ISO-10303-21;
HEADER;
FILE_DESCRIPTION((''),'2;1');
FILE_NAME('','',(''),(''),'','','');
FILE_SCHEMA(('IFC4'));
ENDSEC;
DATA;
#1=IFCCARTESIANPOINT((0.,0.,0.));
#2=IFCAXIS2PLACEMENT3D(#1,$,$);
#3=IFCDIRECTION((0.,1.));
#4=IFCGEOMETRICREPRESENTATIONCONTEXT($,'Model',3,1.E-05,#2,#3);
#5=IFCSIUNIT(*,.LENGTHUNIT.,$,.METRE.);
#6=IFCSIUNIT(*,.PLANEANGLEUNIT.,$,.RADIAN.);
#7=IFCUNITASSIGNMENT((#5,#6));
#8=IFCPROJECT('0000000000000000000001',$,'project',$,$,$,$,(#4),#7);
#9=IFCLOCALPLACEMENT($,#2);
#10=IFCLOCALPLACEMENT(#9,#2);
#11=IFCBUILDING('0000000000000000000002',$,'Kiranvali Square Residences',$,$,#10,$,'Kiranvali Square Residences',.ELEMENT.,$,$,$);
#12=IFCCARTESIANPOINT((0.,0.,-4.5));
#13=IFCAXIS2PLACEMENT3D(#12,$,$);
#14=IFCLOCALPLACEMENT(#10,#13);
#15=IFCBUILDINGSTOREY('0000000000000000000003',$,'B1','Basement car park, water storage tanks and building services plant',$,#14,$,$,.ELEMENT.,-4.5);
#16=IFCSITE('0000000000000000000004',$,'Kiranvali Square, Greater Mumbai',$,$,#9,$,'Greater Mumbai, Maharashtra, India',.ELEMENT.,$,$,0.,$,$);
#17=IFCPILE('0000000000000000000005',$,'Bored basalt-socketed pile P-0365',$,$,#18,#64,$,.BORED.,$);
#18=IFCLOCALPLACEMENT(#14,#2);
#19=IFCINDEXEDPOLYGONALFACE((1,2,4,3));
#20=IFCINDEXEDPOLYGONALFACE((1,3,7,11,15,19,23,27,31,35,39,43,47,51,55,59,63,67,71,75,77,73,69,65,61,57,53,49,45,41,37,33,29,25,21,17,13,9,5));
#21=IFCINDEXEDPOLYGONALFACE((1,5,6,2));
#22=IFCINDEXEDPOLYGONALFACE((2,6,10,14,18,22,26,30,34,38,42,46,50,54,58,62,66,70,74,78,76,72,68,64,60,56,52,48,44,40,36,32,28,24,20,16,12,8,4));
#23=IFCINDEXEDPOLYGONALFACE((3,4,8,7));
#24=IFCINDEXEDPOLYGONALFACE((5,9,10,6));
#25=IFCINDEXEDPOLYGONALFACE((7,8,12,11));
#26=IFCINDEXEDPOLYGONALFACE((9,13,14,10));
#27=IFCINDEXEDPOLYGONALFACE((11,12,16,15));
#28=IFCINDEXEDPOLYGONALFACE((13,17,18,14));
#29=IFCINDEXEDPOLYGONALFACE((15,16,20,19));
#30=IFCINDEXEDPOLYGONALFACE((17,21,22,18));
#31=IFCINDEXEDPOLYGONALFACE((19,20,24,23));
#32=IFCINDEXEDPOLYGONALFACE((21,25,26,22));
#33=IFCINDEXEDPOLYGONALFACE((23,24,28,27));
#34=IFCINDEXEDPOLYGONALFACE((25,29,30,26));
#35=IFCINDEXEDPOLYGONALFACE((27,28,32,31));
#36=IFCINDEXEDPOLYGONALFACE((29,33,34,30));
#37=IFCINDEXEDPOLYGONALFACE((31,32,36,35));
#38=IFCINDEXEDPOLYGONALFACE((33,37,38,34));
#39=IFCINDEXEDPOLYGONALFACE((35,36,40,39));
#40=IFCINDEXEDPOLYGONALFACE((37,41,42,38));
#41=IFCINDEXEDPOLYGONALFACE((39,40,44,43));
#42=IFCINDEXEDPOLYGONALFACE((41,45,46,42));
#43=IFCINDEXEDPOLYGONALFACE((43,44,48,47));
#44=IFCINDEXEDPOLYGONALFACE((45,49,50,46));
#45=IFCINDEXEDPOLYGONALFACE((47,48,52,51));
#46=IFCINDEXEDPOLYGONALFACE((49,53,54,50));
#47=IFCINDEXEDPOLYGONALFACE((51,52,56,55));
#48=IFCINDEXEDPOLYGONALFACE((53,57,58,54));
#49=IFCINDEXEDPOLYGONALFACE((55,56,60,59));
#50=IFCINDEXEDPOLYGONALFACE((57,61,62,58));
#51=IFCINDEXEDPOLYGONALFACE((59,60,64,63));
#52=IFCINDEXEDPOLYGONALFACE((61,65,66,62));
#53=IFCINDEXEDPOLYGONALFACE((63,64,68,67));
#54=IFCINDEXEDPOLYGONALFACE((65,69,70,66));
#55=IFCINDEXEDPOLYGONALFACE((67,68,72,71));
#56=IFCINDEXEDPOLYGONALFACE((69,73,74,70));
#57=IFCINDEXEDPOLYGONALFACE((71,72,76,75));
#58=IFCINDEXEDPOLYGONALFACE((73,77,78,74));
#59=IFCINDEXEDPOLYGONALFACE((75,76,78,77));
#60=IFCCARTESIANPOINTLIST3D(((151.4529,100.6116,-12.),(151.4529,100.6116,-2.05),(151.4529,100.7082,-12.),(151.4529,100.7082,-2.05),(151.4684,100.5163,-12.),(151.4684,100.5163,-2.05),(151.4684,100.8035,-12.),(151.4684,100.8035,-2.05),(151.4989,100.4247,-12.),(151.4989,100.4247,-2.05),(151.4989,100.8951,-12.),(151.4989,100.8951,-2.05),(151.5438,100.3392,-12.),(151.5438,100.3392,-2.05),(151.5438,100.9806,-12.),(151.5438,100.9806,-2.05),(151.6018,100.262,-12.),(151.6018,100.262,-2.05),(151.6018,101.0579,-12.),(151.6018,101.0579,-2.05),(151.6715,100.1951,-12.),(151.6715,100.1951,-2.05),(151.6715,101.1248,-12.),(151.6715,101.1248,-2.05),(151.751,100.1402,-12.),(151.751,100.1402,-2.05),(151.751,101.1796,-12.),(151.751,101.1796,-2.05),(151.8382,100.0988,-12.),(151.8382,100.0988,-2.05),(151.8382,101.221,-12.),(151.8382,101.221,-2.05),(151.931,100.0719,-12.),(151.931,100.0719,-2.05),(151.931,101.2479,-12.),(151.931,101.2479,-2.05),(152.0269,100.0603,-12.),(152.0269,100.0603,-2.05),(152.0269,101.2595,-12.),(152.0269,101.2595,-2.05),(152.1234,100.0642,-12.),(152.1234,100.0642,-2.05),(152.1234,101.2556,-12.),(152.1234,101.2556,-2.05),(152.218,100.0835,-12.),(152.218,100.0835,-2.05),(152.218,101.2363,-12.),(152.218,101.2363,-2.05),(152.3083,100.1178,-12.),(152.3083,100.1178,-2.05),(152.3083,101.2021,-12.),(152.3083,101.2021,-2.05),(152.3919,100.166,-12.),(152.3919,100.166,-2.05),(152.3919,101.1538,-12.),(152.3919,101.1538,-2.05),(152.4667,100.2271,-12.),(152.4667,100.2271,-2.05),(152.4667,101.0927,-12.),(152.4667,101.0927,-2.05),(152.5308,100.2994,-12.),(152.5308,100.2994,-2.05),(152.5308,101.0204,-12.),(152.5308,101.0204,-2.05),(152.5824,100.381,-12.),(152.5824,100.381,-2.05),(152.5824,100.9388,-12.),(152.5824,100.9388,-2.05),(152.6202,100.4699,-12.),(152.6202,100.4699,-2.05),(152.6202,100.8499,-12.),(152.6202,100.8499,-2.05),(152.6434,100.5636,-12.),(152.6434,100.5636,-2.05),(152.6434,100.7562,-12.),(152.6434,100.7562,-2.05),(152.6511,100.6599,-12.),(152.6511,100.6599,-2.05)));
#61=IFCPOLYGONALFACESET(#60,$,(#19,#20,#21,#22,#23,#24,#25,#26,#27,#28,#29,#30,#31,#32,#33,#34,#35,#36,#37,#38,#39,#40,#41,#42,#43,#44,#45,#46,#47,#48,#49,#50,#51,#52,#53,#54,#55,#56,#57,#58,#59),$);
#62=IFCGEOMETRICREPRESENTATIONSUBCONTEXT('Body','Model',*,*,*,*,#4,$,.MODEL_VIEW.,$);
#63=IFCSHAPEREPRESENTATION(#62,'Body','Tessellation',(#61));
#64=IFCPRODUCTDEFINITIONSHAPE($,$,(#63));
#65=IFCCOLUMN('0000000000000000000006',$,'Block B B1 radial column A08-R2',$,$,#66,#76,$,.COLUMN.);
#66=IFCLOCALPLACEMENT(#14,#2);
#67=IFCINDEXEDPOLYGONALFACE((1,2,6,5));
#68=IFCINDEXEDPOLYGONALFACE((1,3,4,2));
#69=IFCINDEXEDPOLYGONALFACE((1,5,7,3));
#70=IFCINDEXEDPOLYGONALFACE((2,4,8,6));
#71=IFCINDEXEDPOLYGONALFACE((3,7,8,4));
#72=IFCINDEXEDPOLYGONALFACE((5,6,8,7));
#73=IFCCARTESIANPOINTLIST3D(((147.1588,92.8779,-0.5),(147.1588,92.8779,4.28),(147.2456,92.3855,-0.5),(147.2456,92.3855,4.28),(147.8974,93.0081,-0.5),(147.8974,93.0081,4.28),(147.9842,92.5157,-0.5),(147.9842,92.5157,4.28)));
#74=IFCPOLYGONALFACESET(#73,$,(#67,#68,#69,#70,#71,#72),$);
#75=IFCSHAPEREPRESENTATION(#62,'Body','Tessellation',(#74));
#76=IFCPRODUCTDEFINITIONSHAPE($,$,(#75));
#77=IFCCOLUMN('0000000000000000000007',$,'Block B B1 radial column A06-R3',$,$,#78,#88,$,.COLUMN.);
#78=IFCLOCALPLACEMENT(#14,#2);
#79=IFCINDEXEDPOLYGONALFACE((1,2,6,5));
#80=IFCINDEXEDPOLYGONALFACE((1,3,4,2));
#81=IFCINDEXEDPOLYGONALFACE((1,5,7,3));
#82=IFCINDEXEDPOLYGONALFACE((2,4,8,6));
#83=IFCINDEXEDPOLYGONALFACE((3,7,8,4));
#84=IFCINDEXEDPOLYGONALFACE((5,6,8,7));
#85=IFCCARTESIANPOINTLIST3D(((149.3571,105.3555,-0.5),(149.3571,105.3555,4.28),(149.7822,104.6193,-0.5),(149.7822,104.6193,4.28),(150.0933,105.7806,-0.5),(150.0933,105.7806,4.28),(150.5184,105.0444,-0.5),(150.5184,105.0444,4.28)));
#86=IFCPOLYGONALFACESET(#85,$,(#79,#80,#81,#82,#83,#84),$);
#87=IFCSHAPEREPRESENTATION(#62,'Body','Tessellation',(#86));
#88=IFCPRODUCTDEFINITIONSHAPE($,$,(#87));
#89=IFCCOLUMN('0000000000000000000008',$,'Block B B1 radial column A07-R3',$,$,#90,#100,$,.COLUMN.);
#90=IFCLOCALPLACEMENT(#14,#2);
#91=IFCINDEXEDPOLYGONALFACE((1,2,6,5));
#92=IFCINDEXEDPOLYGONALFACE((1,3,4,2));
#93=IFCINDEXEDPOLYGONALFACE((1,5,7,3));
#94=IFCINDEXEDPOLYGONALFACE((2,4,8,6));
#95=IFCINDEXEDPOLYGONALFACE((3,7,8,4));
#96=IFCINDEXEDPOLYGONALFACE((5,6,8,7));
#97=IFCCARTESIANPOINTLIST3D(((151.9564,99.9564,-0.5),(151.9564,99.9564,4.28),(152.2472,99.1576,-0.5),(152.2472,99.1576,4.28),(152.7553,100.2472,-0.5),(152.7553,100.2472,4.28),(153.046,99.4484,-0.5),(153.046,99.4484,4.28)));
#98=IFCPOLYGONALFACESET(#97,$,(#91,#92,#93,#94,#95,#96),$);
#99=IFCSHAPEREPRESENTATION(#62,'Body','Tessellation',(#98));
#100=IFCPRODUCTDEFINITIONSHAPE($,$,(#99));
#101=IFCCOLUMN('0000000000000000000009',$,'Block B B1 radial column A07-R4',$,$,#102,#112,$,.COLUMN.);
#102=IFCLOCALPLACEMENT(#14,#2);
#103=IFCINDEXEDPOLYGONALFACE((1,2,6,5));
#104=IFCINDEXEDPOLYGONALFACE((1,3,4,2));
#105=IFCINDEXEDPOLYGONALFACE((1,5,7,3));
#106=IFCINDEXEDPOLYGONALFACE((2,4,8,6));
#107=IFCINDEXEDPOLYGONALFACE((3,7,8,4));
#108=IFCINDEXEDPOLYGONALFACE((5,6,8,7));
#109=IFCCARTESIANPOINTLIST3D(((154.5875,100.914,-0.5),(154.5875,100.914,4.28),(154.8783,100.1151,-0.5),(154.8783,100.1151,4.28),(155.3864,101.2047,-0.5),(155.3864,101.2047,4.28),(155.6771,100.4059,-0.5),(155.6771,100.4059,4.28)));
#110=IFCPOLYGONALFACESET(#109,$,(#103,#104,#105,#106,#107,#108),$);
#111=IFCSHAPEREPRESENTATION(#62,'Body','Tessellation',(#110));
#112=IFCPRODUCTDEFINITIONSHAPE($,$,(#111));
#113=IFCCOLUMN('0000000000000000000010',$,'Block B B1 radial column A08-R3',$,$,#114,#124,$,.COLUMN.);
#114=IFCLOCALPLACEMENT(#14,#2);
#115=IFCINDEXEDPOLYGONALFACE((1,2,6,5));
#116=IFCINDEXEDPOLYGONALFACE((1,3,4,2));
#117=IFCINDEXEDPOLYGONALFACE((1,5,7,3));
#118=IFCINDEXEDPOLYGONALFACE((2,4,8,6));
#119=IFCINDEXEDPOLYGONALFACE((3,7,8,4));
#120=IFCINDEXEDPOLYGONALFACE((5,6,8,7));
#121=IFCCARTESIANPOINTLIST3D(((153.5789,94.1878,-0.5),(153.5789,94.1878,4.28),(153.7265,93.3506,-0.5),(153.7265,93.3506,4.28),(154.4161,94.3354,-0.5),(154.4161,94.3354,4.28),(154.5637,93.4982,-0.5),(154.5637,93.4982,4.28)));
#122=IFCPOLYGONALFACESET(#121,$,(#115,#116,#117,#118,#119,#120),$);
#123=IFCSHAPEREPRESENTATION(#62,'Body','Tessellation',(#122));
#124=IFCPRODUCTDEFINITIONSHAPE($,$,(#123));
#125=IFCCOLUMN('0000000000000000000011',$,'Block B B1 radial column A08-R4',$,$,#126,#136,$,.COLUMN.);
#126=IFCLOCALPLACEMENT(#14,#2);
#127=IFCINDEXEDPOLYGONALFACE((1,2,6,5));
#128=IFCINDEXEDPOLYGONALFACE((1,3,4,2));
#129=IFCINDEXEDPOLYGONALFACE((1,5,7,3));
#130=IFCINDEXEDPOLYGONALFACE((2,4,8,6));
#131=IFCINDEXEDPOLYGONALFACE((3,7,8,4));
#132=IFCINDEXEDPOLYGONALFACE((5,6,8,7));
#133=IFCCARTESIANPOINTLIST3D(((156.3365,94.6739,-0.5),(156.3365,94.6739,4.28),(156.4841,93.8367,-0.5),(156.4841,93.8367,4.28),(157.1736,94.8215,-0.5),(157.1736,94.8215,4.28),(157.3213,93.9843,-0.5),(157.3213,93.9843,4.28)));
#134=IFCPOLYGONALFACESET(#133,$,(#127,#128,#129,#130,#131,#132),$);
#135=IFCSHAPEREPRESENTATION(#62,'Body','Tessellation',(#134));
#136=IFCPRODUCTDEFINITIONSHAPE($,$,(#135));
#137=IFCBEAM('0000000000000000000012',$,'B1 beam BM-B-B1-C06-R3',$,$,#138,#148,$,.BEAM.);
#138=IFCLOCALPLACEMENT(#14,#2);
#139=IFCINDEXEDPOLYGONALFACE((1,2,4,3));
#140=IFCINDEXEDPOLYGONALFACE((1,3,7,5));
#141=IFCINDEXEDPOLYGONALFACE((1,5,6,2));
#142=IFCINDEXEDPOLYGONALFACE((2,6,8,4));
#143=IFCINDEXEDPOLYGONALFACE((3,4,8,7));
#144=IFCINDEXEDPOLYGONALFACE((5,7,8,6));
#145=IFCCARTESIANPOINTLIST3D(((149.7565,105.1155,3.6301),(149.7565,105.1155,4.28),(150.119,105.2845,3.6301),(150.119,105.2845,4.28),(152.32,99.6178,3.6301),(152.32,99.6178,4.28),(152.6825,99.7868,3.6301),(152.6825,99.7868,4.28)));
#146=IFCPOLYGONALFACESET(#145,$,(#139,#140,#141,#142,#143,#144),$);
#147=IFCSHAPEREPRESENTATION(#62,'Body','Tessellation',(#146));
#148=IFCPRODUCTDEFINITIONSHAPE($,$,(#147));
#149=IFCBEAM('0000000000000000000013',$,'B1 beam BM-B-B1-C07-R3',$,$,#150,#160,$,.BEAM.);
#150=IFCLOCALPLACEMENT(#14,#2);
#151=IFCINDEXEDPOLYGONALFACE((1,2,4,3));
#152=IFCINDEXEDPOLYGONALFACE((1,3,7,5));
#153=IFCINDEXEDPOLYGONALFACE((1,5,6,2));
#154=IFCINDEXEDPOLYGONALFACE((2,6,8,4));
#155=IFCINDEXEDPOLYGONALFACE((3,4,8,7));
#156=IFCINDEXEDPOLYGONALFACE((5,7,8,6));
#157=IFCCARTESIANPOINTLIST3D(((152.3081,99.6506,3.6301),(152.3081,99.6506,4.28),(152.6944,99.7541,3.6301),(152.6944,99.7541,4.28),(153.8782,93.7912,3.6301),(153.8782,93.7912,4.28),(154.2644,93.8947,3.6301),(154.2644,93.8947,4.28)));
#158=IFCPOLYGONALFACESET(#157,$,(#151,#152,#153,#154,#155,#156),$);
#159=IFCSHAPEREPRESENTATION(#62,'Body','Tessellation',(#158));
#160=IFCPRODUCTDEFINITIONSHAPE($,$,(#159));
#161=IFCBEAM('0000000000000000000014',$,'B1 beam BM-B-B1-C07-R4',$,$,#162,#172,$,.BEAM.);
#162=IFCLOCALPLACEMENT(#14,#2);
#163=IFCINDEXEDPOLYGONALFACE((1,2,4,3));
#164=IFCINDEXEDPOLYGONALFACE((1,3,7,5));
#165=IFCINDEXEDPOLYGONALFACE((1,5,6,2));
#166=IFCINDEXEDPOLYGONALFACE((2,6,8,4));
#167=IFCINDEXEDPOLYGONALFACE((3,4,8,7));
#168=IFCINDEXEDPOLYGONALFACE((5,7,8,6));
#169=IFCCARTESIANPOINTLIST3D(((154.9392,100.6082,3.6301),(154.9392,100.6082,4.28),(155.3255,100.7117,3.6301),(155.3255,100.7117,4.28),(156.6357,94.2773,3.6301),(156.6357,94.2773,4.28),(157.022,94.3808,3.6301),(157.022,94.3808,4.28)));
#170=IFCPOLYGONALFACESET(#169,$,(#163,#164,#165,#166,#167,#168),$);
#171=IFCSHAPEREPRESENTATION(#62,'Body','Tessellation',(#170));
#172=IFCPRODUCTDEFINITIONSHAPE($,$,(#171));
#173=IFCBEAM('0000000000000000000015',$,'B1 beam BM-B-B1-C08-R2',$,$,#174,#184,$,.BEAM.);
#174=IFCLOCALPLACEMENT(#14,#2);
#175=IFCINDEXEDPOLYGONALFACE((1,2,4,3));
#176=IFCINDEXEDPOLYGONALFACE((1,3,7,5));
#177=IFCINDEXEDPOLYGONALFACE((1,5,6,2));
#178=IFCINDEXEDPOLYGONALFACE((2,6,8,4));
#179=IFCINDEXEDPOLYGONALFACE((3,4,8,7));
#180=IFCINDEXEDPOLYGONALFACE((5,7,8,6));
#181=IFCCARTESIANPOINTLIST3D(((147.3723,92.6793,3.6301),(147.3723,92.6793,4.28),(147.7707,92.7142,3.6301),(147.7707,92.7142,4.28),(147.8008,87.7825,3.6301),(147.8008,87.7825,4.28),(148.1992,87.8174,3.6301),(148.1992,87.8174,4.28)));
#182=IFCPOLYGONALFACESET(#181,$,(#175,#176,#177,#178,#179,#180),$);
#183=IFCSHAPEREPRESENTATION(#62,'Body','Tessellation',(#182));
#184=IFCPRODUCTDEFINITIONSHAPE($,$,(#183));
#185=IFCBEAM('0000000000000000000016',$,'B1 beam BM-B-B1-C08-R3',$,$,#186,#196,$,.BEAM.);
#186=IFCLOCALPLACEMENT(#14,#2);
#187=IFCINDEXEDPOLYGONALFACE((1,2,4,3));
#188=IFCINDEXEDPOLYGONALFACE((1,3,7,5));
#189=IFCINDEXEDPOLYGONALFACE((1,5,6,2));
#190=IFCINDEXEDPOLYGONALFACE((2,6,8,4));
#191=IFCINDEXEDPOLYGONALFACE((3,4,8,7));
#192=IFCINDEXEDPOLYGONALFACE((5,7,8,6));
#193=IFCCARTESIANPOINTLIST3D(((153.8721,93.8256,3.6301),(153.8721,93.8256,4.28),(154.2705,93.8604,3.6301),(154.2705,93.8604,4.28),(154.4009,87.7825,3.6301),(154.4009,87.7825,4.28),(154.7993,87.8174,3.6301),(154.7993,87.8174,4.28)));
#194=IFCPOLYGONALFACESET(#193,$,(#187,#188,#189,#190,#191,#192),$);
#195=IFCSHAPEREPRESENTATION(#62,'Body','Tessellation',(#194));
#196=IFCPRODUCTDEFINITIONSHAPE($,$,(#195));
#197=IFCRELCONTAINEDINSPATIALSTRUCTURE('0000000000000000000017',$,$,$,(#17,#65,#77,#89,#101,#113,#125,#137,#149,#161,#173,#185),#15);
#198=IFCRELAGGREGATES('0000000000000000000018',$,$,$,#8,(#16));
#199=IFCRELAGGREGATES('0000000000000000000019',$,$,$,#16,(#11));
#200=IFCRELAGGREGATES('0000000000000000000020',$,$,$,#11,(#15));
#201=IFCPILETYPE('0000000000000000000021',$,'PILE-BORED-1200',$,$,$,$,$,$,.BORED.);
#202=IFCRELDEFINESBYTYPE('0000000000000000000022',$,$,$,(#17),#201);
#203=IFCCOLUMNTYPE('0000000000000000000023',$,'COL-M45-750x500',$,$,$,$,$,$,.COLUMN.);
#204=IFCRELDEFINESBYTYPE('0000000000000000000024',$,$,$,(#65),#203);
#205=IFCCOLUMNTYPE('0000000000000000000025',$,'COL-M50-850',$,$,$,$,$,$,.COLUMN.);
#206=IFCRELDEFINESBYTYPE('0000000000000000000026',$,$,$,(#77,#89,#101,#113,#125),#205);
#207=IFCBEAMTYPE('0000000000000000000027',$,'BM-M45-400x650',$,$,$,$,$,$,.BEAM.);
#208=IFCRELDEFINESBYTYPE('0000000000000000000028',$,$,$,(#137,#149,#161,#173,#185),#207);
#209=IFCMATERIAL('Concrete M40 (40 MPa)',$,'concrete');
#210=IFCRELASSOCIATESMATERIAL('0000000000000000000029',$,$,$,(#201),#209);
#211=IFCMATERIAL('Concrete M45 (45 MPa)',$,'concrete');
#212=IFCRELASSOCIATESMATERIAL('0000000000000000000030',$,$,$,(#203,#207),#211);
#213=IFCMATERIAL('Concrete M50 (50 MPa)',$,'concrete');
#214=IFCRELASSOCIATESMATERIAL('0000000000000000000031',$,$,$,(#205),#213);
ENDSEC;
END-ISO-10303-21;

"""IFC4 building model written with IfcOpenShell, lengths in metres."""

from ifc_helpers import new_model, si_unit, direction, frame, origin, origin_2d, place, context, subcontext, project, spatial, rectangle, circle, extrude, material, material_profile, profile_set, type_object, element, save


model = new_model("IFC4")

# Units and contexts
model_context = context("Model", 3, precision=1e-05, world=origin(), true_north=direction((0.0, 1.0)))
body_context = subcontext(model_context, "Body", "Model", "MODEL_VIEW")
ifc_project = project(units=[si_unit("LENGTHUNIT", "METRE"), si_unit("PLANEANGLEUNIT", "RADIAN")], contexts=[model_context])

# Site, building, storey
site_placement = place(None, origin())
site = spatial("IfcSite", under=ifc_project, at=site_placement, Name="Kiranvali Square, Greater Mumbai", LongName="Greater Mumbai, Maharashtra, India", CompositionType="ELEMENT", RefElevation=0.0)
building_placement = place(site_placement, origin())
building = spatial("IfcBuilding", under=site, at=building_placement, Name="Kiranvali Square Residences", LongName="Kiranvali Square Residences", CompositionType="ELEMENT")
storey_placement = place(building_placement, frame((0.0, 0.0, -4.5)))
storey = spatial("IfcBuildingStorey", under=building, at=storey_placement, Name="B1", Description="Basement car park, water storage tanks and building services plant", CompositionType="ELEMENT", Elevation=-4.5)

# Shared definitions
ifc_material_1 = material(Name="Concrete M40 (40 MPa)", Category="concrete")

# Pile
ifc_material_profile_1 = material_profile(ifc_material_1, circle(Radius=0.6001, at=origin_2d()), Name="BORED PILE 1200")
ifc_profile_set_1 = profile_set([ifc_material_profile_1], Name="Concrete M40 (40 MPa)")
pile_type = type_object("IfcPileType", Name="PILE-BORED-1200", PredefinedType="BORED", material=ifc_profile_set_1)
for number, where, z_axis, x_axis, name in (
    (1, (152.051, 100.6599, -2.05), (0.0, 0.0, -1.0), (1.0, 0.0, 0.0), "Bored basalt-socketed pile P-0365"),
):
    element("IfcPile", number, at=place(storey_placement, frame(where, z_axis=z_axis, x_axis=x_axis)), inside=storey, type_object=pile_type, Name=name, PredefinedType="BORED", context=body_context, shape_type="SweptSolid", body=[
        extrude(circle(Radius=0.6001, at=origin_2d()), origin(), (0.0, 0.0, 1.0), 9.95),
    ])

# Columns
ifc_material_2 = material(Name="Concrete M45 (45 MPa)", Category="concrete")
ifc_material_profile_2 = material_profile(ifc_material_2, rectangle(XDim=0.5, YDim=0.75, at=origin_2d()), Name="RC 750x500")
ifc_profile_set_2 = profile_set([ifc_material_profile_2], Name="Concrete M45 (45 MPa)")
column_type_1 = type_object("IfcColumnType", Name="COL-M45-750x500", PredefinedType="COLUMN", material=ifc_profile_set_2)
column_placement = place(storey_placement, frame((147.5715, 92.6968, -0.5), z_axis=(0.0, 0.0, 1.0), x_axis=(-0.173648, 0.984808, 0.0)))
element("IfcColumn", 2, at=column_placement, inside=storey, type_object=column_type_1, Name="Block B B1 radial column A08-R2", PredefinedType="COLUMN", context=body_context, shape_type="SweptSolid", body=[
    extrude(rectangle(XDim=0.5, YDim=0.75, at=origin_2d()), origin(), (0.0, 0.0, 1.0), 4.78),
])
ifc_material_3 = material(Name="Concrete M50 (50 MPa)", Category="concrete")
ifc_material_profile_3 = material_profile(ifc_material_3, rectangle(XDim=0.8501, YDim=0.8501, at=origin_2d()), Name="RC 850x850")
ifc_profile_set_3 = profile_set([ifc_material_profile_3], Name="Concrete M50 (50 MPa)")
column_type_2 = type_object("IfcColumnType", Name="COL-M50-850", PredefinedType="COLUMN", material=ifc_profile_set_3)
for number, where, z_axis, x_axis, name in (
    (3, (149.9377, 105.2, -0.5), (0.0, 0.0, 1.0), (-0.5, 0.866025, 0.0), "Block B B1 radial column A06-R3"),
    (4, (152.5012, 99.7024, -0.5), (0.0, 0.0, 1.0), (-0.34202, 0.939693, 0.0), "Block B B1 radial column A07-R3"),
    (5, (155.1323, 100.6599, -0.5), (0.0, 0.0, 1.0), (-0.34202, 0.939693, 0.0), "Block B B1 radial column A07-R4"),
    (6, (154.0713, 93.843, -0.5), (0.0, 0.0, 1.0), (-0.173648, 0.984808, 0.0), "Block B B1 radial column A08-R3"),
    (7, (156.8289, 94.3291, -0.5), (0.0, 0.0, 1.0), (-0.173648, 0.984808, 0.0), "Block B B1 radial column A08-R4"),
):
    element("IfcColumn", number, at=place(storey_placement, frame(where, z_axis=z_axis, x_axis=x_axis)), inside=storey, type_object=column_type_2, Name=name, PredefinedType="COLUMN", context=body_context, shape_type="SweptSolid", body=[
        extrude(rectangle(XDim=0.8501, YDim=0.8501, at=origin_2d()), origin(), (0.0, 0.0, 1.0), 4.78),
    ])

# Beams
ifc_material_profile_4 = material_profile(ifc_material_2, rectangle(XDim=0.3999, YDim=0.6499, at=origin_2d()), Name="RC 400x650")
ifc_profile_set_4 = profile_set([ifc_material_profile_4], Name="Concrete M45 (45 MPa)")
beam_type = type_object("IfcBeamType", Name="BM-M45-400x650", PredefinedType="BEAM", material=ifc_profile_set_4)
beam_1_placement = place(storey_placement, frame((149.9377, 105.2, 3.9551), z_axis=(0.422608, -0.906313, 0.0), x_axis=(0.906313, 0.422608, 0.0)))
element("IfcBeam", 8, at=beam_1_placement, inside=storey, type_object=beam_type, Name="B1 beam BM-B-B1-C06-R3", PredefinedType="BEAM", context=body_context, shape_type="SweptSolid", body=[
    extrude(rectangle(XDim=0.3999, YDim=0.6499, at=origin_2d()), origin(), (0.0, 0.0, 1.0), 6.0659),
])
beam_2_placement = place(storey_placement, frame((152.5012, 99.7024, 3.9551), z_axis=(0.258827, -0.965924, 0.0), x_axis=(0.965924, 0.258827, 0.0)))
element("IfcBeam", 9, at=beam_2_placement, inside=storey, type_object=beam_type, Name="B1 beam BM-B-B1-C07-R3", PredefinedType="BEAM", context=body_context, shape_type="SweptSolid", body=[
    extrude(rectangle(XDim=0.3999, YDim=0.6499, at=origin_2d()), origin(), (0.0, 0.0, 1.0), 6.0662),
])
beam_3_placement = place(storey_placement, frame((155.1323, 100.6599, 3.9551), z_axis=(0.258847, -0.965918, 0.0), x_axis=(0.965918, 0.258847, 0.0)))
element("IfcBeam", 10, at=beam_3_placement, inside=storey, type_object=beam_type, Name="B1 beam BM-B-B1-C07-R4", PredefinedType="BEAM", context=body_context, shape_type="SweptSolid", body=[
    extrude(rectangle(XDim=0.3999, YDim=0.6499, at=origin_2d()), origin(), (0.0, 0.0, 1.0), 6.5542),
])
beam_4_placement = place(storey_placement, frame((147.5715, 92.6968, 3.9551), z_axis=(0.087168, -0.996194, 0.0), x_axis=(0.996194, 0.087168, 0.0)))
element("IfcBeam", 11, at=beam_4_placement, inside=storey, type_object=beam_type, Name="B1 beam BM-B-B1-C08-R2", PredefinedType="BEAM", context=body_context, shape_type="SweptSolid", body=[
    extrude(rectangle(XDim=0.3999, YDim=0.6499, at=origin_2d()), origin(), (0.0, 0.0, 1.0), 4.9155),
])
beam_5_placement = place(storey_placement, frame((154.0713, 93.843, 3.9551), z_axis=(0.087175, -0.996193, 0.0), x_axis=(0.996193, 0.087175, 0.0)))
element("IfcBeam", 12, at=beam_5_placement, inside=storey, type_object=beam_type, Name="B1 beam BM-B-B1-C08-R3", PredefinedType="BEAM", context=body_context, shape_type="SweptSolid", body=[
    extrude(rectangle(XDim=0.3999, YDim=0.6499, at=origin_2d()), origin(), (0.0, 0.0, 1.0), 6.0662),
])

save(model, "model.ifc")
